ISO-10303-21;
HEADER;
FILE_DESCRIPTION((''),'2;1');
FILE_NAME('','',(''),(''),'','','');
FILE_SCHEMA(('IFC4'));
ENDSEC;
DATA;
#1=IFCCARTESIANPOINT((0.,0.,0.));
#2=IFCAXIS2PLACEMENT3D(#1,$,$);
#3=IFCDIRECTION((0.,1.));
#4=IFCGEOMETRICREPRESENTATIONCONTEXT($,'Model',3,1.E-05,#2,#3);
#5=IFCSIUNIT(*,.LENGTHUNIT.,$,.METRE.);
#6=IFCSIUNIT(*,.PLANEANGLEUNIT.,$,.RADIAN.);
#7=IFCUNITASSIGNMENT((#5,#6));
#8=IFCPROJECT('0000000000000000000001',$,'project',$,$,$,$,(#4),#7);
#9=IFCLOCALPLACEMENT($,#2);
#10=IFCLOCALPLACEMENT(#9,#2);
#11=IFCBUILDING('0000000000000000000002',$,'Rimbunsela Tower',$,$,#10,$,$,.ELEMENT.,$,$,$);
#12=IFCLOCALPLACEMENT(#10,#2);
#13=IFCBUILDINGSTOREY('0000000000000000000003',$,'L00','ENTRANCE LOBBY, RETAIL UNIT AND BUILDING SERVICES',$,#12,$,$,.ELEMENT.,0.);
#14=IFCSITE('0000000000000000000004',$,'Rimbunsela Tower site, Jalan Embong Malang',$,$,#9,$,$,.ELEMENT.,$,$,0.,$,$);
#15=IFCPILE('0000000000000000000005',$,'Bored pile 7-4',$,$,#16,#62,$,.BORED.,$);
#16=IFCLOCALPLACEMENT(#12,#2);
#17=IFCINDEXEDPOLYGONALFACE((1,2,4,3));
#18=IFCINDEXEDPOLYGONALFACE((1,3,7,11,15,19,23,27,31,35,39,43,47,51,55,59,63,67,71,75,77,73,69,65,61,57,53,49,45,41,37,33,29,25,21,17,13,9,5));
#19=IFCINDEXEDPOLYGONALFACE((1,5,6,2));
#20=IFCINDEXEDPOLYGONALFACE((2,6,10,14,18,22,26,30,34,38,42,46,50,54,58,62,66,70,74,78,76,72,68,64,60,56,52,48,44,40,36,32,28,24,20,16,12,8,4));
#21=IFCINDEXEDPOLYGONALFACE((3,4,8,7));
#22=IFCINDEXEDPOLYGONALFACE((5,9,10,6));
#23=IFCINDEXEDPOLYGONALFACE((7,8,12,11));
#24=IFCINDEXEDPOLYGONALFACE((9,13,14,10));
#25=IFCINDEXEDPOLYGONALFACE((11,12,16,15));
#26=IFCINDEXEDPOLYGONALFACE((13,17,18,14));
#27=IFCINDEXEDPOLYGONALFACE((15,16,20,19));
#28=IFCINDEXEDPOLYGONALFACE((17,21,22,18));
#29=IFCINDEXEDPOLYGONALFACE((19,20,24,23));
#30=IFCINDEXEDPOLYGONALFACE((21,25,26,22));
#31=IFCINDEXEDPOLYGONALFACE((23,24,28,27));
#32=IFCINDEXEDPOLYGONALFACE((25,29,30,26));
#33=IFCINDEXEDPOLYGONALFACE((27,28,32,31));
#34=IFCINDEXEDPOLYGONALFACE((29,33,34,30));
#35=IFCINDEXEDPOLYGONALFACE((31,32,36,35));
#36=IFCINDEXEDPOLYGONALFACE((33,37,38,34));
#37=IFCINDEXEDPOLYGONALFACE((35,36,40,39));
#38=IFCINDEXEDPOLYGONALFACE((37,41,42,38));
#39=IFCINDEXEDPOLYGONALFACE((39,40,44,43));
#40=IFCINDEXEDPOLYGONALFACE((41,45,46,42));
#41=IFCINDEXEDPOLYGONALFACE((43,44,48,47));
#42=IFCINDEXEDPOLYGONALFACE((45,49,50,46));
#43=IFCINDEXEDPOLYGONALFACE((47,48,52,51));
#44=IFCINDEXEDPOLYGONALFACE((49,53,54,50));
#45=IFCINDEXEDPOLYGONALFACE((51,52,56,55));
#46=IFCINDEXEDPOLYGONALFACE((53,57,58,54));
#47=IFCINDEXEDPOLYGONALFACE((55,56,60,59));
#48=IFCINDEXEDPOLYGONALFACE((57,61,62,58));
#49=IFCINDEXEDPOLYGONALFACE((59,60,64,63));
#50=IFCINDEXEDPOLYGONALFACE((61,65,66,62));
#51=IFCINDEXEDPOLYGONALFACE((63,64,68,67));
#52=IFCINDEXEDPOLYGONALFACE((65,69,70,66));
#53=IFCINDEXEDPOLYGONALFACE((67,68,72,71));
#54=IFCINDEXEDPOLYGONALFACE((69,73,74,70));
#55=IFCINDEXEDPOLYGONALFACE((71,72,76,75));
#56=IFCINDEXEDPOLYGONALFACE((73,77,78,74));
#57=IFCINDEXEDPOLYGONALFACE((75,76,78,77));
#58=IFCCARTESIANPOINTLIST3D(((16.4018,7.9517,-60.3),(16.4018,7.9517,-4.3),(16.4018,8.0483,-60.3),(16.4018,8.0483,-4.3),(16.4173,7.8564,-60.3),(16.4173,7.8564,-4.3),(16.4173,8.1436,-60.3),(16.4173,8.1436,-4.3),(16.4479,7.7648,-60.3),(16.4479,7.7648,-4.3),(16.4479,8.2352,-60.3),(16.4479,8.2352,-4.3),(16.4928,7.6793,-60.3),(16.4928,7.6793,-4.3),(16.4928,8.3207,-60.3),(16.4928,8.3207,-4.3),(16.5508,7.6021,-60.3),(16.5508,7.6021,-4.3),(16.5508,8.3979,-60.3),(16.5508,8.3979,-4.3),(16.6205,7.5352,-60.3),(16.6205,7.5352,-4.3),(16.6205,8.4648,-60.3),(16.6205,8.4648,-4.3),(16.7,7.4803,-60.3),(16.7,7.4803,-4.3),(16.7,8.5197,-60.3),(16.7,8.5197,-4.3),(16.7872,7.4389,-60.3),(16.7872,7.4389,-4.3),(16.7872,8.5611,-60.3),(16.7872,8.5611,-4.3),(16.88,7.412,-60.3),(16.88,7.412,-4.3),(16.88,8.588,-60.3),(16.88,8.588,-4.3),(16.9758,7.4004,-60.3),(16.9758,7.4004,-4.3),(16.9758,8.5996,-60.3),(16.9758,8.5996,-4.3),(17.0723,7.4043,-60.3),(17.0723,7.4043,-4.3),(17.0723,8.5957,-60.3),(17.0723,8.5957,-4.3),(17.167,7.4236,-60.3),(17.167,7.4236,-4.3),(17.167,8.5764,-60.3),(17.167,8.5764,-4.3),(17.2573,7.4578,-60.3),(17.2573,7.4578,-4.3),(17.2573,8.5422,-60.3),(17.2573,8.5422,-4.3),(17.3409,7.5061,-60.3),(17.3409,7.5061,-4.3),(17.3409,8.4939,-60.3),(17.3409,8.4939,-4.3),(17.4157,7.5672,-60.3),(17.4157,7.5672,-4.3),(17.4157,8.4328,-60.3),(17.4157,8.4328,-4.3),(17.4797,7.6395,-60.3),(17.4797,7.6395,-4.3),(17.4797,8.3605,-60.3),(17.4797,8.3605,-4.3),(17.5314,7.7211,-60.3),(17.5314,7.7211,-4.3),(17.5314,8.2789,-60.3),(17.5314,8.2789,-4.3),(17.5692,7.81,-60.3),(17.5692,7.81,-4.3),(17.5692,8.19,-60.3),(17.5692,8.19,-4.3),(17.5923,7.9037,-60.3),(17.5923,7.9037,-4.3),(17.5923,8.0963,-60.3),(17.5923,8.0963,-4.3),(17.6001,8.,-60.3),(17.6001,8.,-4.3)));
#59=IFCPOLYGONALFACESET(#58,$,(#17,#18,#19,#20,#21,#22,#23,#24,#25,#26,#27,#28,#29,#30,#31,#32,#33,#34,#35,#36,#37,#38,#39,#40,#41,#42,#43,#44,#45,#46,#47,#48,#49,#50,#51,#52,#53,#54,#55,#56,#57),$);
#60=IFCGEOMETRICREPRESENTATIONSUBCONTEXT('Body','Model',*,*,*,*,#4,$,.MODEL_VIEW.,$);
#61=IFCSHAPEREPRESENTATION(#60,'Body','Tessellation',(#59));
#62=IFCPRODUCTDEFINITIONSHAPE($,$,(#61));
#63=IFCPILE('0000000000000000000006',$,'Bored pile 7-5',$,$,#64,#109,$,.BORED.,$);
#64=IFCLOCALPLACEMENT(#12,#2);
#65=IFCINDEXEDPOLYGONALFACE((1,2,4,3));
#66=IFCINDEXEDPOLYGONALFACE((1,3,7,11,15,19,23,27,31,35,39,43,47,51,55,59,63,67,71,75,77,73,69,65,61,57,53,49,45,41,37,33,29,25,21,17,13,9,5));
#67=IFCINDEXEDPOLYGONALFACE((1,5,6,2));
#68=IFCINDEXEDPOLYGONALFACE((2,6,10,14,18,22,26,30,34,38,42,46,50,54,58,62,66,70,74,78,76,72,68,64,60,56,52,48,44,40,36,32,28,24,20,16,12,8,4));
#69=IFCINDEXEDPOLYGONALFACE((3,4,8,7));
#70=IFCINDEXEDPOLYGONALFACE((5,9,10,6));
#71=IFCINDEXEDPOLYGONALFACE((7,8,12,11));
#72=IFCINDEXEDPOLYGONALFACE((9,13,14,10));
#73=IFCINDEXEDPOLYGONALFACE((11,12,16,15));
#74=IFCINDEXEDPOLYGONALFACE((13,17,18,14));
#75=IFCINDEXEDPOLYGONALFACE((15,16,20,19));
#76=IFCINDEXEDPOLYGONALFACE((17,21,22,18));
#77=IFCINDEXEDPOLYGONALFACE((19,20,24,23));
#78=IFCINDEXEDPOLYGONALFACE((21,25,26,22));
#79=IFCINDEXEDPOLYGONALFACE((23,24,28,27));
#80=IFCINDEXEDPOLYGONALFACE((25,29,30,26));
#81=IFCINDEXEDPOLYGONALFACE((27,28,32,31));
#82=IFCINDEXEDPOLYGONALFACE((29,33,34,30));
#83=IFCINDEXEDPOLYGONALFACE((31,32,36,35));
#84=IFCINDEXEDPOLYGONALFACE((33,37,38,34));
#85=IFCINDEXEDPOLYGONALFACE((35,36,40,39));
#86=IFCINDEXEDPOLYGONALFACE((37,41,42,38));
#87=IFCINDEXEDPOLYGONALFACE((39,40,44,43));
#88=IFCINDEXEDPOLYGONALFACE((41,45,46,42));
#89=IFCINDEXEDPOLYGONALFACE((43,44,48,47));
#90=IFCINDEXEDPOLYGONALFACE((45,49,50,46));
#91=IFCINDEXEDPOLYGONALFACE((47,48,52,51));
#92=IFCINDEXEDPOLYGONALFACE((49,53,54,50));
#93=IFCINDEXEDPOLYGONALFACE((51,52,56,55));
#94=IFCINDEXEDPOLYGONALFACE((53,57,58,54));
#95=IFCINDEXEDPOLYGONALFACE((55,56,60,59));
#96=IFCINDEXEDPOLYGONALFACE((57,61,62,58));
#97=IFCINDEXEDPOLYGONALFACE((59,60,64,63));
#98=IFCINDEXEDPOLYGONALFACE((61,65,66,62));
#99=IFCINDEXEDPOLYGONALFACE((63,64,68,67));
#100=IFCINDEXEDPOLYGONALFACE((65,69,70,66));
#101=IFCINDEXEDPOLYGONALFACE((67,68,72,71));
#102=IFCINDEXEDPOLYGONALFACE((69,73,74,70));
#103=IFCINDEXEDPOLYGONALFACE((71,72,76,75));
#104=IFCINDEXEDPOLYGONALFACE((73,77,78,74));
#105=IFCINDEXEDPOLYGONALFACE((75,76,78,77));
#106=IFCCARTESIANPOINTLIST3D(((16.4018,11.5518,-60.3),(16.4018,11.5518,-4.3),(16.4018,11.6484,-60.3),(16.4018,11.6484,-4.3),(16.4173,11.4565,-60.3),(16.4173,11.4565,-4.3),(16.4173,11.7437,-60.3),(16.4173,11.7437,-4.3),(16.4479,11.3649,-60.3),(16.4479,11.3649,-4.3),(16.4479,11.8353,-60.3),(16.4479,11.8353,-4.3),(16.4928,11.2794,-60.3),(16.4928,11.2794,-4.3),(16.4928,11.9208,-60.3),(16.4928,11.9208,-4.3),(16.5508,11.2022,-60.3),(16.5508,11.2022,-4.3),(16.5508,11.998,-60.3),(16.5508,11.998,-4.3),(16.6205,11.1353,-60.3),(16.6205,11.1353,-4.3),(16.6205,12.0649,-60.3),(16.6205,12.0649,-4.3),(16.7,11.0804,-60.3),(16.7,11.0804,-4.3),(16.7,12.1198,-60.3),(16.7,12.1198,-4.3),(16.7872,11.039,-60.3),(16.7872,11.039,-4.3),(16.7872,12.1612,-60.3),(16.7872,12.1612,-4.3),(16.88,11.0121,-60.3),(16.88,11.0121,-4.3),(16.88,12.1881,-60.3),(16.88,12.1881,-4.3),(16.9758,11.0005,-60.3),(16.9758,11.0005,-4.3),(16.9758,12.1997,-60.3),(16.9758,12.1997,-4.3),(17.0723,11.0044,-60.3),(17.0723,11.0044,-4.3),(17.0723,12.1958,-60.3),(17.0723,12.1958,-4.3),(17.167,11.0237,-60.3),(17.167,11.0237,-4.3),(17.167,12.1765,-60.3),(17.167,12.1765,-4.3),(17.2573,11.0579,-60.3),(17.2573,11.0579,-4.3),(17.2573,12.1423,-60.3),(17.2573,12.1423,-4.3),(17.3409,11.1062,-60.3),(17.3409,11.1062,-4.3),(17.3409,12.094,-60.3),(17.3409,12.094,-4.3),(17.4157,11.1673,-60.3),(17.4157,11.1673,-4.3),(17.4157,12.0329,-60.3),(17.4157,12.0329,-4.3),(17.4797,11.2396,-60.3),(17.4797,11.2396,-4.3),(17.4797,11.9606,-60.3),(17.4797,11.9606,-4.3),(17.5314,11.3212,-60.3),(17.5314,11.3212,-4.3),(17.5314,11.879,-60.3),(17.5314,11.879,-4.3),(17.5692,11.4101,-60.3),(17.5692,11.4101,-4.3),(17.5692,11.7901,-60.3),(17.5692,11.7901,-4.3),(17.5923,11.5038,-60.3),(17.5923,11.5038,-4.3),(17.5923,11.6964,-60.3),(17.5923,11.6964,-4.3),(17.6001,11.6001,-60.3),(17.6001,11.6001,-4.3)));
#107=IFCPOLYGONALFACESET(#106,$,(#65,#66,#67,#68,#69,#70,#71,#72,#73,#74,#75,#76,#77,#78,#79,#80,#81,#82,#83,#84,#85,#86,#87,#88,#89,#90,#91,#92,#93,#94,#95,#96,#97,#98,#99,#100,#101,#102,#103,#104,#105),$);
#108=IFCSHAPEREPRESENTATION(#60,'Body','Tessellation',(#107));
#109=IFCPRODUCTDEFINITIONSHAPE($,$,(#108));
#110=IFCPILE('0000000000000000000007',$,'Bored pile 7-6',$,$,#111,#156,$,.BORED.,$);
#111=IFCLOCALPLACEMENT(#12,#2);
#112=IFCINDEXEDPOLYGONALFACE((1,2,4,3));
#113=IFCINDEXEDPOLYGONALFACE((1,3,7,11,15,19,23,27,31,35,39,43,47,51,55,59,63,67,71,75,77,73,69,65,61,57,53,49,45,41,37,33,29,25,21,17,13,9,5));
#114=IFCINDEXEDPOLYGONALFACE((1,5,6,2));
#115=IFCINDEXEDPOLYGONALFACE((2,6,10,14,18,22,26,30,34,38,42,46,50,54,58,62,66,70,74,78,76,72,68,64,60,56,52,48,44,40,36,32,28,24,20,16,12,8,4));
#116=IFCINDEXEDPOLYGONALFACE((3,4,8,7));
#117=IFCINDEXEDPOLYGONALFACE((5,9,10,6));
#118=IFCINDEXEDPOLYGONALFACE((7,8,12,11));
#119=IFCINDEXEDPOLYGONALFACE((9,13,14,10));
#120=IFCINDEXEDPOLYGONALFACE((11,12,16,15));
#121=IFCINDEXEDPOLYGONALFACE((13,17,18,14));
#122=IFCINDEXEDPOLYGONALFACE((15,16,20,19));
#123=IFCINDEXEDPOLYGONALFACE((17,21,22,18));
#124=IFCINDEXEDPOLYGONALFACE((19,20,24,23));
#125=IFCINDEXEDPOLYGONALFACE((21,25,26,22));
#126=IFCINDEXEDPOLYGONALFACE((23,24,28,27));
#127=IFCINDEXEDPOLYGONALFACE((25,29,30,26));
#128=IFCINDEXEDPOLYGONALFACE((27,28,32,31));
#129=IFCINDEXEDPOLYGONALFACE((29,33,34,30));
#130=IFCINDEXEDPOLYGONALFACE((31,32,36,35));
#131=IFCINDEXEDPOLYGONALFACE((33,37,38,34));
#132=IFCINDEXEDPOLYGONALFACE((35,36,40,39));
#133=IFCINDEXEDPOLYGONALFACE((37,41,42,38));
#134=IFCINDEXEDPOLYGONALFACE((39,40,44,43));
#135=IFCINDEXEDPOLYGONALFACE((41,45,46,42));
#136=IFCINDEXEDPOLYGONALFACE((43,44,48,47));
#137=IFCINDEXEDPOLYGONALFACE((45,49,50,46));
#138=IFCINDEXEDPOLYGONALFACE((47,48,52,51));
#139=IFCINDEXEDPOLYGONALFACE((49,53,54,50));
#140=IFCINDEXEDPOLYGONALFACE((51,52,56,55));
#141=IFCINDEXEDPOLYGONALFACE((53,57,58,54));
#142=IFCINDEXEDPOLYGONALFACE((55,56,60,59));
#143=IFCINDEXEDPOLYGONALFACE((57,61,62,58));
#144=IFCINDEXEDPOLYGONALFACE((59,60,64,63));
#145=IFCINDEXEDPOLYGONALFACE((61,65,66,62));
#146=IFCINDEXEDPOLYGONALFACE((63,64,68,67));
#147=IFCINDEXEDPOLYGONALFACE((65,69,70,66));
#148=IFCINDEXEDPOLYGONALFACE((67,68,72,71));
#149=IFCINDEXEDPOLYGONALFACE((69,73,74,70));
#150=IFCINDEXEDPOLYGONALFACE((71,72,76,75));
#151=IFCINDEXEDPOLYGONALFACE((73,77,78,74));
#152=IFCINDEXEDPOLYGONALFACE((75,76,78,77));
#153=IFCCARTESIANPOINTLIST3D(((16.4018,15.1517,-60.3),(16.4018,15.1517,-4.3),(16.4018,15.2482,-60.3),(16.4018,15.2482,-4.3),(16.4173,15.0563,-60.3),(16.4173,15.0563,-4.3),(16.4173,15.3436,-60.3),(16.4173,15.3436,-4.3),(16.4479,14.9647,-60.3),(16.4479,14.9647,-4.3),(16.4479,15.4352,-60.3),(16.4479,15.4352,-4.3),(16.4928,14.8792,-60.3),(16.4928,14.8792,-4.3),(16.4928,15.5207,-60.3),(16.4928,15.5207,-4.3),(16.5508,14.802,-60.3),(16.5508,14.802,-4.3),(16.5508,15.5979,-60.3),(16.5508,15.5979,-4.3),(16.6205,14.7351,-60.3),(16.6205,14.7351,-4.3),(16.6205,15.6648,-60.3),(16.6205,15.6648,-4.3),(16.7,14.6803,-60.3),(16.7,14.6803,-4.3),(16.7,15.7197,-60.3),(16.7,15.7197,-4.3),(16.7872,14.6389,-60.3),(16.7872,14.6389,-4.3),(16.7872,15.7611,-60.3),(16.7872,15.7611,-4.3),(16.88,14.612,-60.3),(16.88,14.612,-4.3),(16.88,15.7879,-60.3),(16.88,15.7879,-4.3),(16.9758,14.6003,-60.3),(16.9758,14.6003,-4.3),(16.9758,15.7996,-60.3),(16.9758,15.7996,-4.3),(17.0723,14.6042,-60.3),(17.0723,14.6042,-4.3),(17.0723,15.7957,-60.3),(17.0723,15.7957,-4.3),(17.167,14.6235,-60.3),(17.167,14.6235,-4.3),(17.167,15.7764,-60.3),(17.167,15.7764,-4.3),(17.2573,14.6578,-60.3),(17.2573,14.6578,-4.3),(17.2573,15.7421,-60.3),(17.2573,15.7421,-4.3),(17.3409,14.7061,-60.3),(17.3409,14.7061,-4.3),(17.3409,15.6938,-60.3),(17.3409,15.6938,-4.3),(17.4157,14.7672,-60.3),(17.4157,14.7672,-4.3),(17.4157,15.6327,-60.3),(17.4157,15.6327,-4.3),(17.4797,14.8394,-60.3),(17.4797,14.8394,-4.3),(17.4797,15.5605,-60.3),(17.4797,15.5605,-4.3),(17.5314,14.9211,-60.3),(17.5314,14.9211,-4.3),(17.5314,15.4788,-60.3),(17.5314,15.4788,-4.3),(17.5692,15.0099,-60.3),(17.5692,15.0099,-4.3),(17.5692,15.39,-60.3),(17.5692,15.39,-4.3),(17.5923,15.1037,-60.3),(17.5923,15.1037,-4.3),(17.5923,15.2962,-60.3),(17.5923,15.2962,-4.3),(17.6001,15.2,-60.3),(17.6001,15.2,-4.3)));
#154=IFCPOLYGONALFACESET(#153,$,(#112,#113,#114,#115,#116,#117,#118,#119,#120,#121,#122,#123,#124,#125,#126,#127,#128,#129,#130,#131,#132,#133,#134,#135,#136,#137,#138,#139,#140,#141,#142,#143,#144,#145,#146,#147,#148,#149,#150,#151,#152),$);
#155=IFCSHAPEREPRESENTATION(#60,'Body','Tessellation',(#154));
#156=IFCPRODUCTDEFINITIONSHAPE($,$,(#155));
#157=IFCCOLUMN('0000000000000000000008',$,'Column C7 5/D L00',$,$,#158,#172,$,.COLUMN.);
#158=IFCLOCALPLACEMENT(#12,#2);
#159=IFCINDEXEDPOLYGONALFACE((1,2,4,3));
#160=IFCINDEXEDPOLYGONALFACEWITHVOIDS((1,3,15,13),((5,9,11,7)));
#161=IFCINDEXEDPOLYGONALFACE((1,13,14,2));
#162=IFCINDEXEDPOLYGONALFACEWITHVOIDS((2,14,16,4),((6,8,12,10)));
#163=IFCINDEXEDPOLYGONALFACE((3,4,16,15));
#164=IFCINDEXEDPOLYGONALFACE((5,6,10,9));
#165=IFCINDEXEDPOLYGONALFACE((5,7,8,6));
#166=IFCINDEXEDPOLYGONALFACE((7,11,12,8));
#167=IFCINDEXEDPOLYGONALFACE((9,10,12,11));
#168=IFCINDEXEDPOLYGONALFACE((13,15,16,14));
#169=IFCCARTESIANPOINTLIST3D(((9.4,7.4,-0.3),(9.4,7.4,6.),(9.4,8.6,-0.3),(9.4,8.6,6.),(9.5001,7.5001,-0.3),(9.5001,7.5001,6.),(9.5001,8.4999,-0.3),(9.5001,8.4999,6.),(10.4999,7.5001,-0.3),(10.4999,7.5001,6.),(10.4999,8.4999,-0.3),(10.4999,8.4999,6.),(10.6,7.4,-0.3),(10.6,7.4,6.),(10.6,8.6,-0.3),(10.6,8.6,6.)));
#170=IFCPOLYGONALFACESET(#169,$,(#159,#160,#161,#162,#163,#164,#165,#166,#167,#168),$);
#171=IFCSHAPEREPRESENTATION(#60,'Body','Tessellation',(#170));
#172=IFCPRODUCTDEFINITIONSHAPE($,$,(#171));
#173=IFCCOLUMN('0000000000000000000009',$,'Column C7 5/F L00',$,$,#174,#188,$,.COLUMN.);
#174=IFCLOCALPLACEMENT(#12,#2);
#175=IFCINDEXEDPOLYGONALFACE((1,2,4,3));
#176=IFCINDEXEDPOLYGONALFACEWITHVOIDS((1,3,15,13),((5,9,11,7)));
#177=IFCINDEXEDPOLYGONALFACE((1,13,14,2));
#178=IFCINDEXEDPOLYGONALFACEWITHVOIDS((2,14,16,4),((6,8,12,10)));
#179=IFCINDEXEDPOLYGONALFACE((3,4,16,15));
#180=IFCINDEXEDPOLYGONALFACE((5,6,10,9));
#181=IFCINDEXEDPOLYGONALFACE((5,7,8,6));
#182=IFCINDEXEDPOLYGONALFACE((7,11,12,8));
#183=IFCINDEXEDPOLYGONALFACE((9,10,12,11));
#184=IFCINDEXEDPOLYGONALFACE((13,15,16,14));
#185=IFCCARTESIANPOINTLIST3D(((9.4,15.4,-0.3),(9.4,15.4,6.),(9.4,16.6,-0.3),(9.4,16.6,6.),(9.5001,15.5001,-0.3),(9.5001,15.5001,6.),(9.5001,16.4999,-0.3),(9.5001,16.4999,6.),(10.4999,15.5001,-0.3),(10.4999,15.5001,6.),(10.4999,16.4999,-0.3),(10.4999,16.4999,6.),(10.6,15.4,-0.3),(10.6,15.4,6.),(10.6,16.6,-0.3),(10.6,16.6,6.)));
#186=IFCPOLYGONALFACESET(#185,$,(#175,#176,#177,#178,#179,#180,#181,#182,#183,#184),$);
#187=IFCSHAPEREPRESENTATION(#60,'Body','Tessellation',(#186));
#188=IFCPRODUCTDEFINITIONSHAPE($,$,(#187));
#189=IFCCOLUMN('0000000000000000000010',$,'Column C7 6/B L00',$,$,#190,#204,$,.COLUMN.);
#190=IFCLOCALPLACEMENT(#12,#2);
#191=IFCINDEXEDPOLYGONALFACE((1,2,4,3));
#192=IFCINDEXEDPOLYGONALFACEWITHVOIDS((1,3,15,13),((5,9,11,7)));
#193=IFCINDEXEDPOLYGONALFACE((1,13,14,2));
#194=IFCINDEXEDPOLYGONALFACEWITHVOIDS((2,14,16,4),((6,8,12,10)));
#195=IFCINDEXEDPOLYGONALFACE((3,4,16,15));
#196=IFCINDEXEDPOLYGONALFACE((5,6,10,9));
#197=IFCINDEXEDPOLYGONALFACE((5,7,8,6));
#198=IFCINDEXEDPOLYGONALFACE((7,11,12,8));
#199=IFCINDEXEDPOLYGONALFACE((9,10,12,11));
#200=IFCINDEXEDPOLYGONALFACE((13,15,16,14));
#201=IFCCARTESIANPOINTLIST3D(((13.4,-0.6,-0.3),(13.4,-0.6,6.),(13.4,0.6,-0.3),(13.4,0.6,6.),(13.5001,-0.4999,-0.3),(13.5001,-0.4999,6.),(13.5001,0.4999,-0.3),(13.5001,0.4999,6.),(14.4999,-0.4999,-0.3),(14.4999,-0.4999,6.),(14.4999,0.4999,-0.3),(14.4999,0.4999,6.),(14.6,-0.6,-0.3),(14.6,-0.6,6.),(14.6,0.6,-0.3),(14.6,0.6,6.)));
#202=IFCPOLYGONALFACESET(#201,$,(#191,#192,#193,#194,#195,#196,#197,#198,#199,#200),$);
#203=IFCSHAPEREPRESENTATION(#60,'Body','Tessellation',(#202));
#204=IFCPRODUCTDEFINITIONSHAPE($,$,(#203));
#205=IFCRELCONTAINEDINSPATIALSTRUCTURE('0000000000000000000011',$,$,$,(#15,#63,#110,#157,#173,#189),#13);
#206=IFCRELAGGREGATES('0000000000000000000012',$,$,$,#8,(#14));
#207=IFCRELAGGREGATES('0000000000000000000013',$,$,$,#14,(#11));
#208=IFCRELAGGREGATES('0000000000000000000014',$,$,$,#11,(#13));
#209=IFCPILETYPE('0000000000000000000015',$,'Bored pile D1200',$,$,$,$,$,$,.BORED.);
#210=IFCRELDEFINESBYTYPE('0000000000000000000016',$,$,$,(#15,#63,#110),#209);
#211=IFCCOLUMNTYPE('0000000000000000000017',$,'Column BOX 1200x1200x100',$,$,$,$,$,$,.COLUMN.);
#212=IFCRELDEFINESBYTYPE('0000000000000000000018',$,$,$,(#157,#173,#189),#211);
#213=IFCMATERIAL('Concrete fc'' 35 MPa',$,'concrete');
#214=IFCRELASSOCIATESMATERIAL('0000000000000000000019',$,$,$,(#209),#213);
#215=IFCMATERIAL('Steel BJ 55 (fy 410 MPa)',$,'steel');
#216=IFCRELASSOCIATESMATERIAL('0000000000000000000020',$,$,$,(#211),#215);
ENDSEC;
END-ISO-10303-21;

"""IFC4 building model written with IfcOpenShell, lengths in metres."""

from ifc_helpers import new_model, si_unit, direction, frame, origin, origin_2d, place, context, subcontext, project, spatial, hollow_rectangle, circle, extrude, material, material_profile, profile_set, type_object, element, save


model = new_model("IFC4")

# Units and contexts
model_context = context("Model", 3, precision=1e-05, world=origin(), true_north=direction((0.0, 1.0)))
body_context = subcontext(model_context, "Body", "Model", "MODEL_VIEW")
ifc_project = project(units=[si_unit("LENGTHUNIT", "METRE"), si_unit("PLANEANGLEUNIT", "RADIAN")], contexts=[model_context])

# Site, building, storey
site_placement = place(None, origin())
site = spatial("IfcSite", under=ifc_project, at=site_placement, Name="Rimbunsela Tower site, Jalan Embong Malang", CompositionType="ELEMENT", RefElevation=0.0)
building_placement = place(site_placement, origin())
building = spatial("IfcBuilding", under=site, at=building_placement, Name="Rimbunsela Tower", CompositionType="ELEMENT")
storey_placement = place(building_placement, origin())
storey = spatial("IfcBuildingStorey", under=building, at=storey_placement, Name="L00", Description="ENTRANCE LOBBY, RETAIL UNIT AND BUILDING SERVICES", CompositionType="ELEMENT", Elevation=0.0)

# Piles
ifc_material_1 = material(Name="Concrete fc' 35 MPa", Category="concrete")
ifc_material_profile_1 = material_profile(ifc_material_1, circle(Radius=0.6001, at=origin_2d()), Name="BP D1200")
ifc_profile_set_1 = profile_set([ifc_material_profile_1], Name="Concrete fc' 35 MPa")
pile_type = type_object("IfcPileType", Name="Bored pile D1200", PredefinedType="BORED", material=ifc_profile_set_1)
for number, where, z_axis, x_axis, name in (
    (1, (17.0, 8.0, -4.3), (0.0, 0.0, -1.0), (1.0, 0.0, 0.0), "Bored pile 7-4"),
    (2, (17.0, 11.6001, -4.3), (0.0, 0.0, -1.0), (1.0, 0.0, 0.0), "Bored pile 7-5"),
    (3, (17.0, 15.2, -4.3), (0.0, 0.0, -1.0), (1.0, 0.0, 0.0), "Bored pile 7-6"),
):
    element("IfcPile", number, at=place(storey_placement, frame(where, z_axis=z_axis, x_axis=x_axis)), inside=storey, type_object=pile_type, Name=name, PredefinedType="BORED", context=body_context, shape_type="SweptSolid", body=[
        extrude(circle(Radius=0.6001, at=origin_2d()), origin(), (0.0, 0.0, 1.0), 56.0),
    ])

# Columns
ifc_material_2 = material(Name="Steel BJ 55 (fy 410 MPa)", Category="steel")
ifc_material_profile_2 = material_profile(ifc_material_2, hollow_rectangle(XDim=1.2, YDim=1.2, WallThickness=0.1001, at=origin_2d()), Name="BOX 1200x1200x100")
ifc_profile_set_2 = profile_set([ifc_material_profile_2], Name="Steel BJ 55 (fy 410 MPa)")
column_type = type_object("IfcColumnType", Name="Column BOX 1200x1200x100", PredefinedType="COLUMN", material=ifc_profile_set_2)
for number, where, z_axis, x_axis, name in (
    (4, (10.0, 8.0, -0.3), (0.0, 0.0, 1.0), (1.0, 0.0, 0.0), "Column C7 5/D L00"),
    (5, (10.0, 16.0, -0.3), (0.0, 0.0, 1.0), (1.0, 0.0, 0.0), "Column C7 5/F L00"),
    (6, (14.0, 0.0, -0.3), (0.0, 0.0, 1.0), (1.0, 0.0, 0.0), "Column C7 6/B L00"),
):
    element("IfcColumn", number, at=place(storey_placement, frame(where, z_axis=z_axis, x_axis=x_axis)), inside=storey, type_object=column_type, Name=name, PredefinedType="COLUMN", context=body_context, shape_type="SweptSolid", body=[
        extrude(hollow_rectangle(XDim=1.2, YDim=1.2, WallThickness=0.1001, at=origin_2d()), origin(), (0.0, 0.0, 1.0), 6.3),
    ])

save(model, "model.ifc")
